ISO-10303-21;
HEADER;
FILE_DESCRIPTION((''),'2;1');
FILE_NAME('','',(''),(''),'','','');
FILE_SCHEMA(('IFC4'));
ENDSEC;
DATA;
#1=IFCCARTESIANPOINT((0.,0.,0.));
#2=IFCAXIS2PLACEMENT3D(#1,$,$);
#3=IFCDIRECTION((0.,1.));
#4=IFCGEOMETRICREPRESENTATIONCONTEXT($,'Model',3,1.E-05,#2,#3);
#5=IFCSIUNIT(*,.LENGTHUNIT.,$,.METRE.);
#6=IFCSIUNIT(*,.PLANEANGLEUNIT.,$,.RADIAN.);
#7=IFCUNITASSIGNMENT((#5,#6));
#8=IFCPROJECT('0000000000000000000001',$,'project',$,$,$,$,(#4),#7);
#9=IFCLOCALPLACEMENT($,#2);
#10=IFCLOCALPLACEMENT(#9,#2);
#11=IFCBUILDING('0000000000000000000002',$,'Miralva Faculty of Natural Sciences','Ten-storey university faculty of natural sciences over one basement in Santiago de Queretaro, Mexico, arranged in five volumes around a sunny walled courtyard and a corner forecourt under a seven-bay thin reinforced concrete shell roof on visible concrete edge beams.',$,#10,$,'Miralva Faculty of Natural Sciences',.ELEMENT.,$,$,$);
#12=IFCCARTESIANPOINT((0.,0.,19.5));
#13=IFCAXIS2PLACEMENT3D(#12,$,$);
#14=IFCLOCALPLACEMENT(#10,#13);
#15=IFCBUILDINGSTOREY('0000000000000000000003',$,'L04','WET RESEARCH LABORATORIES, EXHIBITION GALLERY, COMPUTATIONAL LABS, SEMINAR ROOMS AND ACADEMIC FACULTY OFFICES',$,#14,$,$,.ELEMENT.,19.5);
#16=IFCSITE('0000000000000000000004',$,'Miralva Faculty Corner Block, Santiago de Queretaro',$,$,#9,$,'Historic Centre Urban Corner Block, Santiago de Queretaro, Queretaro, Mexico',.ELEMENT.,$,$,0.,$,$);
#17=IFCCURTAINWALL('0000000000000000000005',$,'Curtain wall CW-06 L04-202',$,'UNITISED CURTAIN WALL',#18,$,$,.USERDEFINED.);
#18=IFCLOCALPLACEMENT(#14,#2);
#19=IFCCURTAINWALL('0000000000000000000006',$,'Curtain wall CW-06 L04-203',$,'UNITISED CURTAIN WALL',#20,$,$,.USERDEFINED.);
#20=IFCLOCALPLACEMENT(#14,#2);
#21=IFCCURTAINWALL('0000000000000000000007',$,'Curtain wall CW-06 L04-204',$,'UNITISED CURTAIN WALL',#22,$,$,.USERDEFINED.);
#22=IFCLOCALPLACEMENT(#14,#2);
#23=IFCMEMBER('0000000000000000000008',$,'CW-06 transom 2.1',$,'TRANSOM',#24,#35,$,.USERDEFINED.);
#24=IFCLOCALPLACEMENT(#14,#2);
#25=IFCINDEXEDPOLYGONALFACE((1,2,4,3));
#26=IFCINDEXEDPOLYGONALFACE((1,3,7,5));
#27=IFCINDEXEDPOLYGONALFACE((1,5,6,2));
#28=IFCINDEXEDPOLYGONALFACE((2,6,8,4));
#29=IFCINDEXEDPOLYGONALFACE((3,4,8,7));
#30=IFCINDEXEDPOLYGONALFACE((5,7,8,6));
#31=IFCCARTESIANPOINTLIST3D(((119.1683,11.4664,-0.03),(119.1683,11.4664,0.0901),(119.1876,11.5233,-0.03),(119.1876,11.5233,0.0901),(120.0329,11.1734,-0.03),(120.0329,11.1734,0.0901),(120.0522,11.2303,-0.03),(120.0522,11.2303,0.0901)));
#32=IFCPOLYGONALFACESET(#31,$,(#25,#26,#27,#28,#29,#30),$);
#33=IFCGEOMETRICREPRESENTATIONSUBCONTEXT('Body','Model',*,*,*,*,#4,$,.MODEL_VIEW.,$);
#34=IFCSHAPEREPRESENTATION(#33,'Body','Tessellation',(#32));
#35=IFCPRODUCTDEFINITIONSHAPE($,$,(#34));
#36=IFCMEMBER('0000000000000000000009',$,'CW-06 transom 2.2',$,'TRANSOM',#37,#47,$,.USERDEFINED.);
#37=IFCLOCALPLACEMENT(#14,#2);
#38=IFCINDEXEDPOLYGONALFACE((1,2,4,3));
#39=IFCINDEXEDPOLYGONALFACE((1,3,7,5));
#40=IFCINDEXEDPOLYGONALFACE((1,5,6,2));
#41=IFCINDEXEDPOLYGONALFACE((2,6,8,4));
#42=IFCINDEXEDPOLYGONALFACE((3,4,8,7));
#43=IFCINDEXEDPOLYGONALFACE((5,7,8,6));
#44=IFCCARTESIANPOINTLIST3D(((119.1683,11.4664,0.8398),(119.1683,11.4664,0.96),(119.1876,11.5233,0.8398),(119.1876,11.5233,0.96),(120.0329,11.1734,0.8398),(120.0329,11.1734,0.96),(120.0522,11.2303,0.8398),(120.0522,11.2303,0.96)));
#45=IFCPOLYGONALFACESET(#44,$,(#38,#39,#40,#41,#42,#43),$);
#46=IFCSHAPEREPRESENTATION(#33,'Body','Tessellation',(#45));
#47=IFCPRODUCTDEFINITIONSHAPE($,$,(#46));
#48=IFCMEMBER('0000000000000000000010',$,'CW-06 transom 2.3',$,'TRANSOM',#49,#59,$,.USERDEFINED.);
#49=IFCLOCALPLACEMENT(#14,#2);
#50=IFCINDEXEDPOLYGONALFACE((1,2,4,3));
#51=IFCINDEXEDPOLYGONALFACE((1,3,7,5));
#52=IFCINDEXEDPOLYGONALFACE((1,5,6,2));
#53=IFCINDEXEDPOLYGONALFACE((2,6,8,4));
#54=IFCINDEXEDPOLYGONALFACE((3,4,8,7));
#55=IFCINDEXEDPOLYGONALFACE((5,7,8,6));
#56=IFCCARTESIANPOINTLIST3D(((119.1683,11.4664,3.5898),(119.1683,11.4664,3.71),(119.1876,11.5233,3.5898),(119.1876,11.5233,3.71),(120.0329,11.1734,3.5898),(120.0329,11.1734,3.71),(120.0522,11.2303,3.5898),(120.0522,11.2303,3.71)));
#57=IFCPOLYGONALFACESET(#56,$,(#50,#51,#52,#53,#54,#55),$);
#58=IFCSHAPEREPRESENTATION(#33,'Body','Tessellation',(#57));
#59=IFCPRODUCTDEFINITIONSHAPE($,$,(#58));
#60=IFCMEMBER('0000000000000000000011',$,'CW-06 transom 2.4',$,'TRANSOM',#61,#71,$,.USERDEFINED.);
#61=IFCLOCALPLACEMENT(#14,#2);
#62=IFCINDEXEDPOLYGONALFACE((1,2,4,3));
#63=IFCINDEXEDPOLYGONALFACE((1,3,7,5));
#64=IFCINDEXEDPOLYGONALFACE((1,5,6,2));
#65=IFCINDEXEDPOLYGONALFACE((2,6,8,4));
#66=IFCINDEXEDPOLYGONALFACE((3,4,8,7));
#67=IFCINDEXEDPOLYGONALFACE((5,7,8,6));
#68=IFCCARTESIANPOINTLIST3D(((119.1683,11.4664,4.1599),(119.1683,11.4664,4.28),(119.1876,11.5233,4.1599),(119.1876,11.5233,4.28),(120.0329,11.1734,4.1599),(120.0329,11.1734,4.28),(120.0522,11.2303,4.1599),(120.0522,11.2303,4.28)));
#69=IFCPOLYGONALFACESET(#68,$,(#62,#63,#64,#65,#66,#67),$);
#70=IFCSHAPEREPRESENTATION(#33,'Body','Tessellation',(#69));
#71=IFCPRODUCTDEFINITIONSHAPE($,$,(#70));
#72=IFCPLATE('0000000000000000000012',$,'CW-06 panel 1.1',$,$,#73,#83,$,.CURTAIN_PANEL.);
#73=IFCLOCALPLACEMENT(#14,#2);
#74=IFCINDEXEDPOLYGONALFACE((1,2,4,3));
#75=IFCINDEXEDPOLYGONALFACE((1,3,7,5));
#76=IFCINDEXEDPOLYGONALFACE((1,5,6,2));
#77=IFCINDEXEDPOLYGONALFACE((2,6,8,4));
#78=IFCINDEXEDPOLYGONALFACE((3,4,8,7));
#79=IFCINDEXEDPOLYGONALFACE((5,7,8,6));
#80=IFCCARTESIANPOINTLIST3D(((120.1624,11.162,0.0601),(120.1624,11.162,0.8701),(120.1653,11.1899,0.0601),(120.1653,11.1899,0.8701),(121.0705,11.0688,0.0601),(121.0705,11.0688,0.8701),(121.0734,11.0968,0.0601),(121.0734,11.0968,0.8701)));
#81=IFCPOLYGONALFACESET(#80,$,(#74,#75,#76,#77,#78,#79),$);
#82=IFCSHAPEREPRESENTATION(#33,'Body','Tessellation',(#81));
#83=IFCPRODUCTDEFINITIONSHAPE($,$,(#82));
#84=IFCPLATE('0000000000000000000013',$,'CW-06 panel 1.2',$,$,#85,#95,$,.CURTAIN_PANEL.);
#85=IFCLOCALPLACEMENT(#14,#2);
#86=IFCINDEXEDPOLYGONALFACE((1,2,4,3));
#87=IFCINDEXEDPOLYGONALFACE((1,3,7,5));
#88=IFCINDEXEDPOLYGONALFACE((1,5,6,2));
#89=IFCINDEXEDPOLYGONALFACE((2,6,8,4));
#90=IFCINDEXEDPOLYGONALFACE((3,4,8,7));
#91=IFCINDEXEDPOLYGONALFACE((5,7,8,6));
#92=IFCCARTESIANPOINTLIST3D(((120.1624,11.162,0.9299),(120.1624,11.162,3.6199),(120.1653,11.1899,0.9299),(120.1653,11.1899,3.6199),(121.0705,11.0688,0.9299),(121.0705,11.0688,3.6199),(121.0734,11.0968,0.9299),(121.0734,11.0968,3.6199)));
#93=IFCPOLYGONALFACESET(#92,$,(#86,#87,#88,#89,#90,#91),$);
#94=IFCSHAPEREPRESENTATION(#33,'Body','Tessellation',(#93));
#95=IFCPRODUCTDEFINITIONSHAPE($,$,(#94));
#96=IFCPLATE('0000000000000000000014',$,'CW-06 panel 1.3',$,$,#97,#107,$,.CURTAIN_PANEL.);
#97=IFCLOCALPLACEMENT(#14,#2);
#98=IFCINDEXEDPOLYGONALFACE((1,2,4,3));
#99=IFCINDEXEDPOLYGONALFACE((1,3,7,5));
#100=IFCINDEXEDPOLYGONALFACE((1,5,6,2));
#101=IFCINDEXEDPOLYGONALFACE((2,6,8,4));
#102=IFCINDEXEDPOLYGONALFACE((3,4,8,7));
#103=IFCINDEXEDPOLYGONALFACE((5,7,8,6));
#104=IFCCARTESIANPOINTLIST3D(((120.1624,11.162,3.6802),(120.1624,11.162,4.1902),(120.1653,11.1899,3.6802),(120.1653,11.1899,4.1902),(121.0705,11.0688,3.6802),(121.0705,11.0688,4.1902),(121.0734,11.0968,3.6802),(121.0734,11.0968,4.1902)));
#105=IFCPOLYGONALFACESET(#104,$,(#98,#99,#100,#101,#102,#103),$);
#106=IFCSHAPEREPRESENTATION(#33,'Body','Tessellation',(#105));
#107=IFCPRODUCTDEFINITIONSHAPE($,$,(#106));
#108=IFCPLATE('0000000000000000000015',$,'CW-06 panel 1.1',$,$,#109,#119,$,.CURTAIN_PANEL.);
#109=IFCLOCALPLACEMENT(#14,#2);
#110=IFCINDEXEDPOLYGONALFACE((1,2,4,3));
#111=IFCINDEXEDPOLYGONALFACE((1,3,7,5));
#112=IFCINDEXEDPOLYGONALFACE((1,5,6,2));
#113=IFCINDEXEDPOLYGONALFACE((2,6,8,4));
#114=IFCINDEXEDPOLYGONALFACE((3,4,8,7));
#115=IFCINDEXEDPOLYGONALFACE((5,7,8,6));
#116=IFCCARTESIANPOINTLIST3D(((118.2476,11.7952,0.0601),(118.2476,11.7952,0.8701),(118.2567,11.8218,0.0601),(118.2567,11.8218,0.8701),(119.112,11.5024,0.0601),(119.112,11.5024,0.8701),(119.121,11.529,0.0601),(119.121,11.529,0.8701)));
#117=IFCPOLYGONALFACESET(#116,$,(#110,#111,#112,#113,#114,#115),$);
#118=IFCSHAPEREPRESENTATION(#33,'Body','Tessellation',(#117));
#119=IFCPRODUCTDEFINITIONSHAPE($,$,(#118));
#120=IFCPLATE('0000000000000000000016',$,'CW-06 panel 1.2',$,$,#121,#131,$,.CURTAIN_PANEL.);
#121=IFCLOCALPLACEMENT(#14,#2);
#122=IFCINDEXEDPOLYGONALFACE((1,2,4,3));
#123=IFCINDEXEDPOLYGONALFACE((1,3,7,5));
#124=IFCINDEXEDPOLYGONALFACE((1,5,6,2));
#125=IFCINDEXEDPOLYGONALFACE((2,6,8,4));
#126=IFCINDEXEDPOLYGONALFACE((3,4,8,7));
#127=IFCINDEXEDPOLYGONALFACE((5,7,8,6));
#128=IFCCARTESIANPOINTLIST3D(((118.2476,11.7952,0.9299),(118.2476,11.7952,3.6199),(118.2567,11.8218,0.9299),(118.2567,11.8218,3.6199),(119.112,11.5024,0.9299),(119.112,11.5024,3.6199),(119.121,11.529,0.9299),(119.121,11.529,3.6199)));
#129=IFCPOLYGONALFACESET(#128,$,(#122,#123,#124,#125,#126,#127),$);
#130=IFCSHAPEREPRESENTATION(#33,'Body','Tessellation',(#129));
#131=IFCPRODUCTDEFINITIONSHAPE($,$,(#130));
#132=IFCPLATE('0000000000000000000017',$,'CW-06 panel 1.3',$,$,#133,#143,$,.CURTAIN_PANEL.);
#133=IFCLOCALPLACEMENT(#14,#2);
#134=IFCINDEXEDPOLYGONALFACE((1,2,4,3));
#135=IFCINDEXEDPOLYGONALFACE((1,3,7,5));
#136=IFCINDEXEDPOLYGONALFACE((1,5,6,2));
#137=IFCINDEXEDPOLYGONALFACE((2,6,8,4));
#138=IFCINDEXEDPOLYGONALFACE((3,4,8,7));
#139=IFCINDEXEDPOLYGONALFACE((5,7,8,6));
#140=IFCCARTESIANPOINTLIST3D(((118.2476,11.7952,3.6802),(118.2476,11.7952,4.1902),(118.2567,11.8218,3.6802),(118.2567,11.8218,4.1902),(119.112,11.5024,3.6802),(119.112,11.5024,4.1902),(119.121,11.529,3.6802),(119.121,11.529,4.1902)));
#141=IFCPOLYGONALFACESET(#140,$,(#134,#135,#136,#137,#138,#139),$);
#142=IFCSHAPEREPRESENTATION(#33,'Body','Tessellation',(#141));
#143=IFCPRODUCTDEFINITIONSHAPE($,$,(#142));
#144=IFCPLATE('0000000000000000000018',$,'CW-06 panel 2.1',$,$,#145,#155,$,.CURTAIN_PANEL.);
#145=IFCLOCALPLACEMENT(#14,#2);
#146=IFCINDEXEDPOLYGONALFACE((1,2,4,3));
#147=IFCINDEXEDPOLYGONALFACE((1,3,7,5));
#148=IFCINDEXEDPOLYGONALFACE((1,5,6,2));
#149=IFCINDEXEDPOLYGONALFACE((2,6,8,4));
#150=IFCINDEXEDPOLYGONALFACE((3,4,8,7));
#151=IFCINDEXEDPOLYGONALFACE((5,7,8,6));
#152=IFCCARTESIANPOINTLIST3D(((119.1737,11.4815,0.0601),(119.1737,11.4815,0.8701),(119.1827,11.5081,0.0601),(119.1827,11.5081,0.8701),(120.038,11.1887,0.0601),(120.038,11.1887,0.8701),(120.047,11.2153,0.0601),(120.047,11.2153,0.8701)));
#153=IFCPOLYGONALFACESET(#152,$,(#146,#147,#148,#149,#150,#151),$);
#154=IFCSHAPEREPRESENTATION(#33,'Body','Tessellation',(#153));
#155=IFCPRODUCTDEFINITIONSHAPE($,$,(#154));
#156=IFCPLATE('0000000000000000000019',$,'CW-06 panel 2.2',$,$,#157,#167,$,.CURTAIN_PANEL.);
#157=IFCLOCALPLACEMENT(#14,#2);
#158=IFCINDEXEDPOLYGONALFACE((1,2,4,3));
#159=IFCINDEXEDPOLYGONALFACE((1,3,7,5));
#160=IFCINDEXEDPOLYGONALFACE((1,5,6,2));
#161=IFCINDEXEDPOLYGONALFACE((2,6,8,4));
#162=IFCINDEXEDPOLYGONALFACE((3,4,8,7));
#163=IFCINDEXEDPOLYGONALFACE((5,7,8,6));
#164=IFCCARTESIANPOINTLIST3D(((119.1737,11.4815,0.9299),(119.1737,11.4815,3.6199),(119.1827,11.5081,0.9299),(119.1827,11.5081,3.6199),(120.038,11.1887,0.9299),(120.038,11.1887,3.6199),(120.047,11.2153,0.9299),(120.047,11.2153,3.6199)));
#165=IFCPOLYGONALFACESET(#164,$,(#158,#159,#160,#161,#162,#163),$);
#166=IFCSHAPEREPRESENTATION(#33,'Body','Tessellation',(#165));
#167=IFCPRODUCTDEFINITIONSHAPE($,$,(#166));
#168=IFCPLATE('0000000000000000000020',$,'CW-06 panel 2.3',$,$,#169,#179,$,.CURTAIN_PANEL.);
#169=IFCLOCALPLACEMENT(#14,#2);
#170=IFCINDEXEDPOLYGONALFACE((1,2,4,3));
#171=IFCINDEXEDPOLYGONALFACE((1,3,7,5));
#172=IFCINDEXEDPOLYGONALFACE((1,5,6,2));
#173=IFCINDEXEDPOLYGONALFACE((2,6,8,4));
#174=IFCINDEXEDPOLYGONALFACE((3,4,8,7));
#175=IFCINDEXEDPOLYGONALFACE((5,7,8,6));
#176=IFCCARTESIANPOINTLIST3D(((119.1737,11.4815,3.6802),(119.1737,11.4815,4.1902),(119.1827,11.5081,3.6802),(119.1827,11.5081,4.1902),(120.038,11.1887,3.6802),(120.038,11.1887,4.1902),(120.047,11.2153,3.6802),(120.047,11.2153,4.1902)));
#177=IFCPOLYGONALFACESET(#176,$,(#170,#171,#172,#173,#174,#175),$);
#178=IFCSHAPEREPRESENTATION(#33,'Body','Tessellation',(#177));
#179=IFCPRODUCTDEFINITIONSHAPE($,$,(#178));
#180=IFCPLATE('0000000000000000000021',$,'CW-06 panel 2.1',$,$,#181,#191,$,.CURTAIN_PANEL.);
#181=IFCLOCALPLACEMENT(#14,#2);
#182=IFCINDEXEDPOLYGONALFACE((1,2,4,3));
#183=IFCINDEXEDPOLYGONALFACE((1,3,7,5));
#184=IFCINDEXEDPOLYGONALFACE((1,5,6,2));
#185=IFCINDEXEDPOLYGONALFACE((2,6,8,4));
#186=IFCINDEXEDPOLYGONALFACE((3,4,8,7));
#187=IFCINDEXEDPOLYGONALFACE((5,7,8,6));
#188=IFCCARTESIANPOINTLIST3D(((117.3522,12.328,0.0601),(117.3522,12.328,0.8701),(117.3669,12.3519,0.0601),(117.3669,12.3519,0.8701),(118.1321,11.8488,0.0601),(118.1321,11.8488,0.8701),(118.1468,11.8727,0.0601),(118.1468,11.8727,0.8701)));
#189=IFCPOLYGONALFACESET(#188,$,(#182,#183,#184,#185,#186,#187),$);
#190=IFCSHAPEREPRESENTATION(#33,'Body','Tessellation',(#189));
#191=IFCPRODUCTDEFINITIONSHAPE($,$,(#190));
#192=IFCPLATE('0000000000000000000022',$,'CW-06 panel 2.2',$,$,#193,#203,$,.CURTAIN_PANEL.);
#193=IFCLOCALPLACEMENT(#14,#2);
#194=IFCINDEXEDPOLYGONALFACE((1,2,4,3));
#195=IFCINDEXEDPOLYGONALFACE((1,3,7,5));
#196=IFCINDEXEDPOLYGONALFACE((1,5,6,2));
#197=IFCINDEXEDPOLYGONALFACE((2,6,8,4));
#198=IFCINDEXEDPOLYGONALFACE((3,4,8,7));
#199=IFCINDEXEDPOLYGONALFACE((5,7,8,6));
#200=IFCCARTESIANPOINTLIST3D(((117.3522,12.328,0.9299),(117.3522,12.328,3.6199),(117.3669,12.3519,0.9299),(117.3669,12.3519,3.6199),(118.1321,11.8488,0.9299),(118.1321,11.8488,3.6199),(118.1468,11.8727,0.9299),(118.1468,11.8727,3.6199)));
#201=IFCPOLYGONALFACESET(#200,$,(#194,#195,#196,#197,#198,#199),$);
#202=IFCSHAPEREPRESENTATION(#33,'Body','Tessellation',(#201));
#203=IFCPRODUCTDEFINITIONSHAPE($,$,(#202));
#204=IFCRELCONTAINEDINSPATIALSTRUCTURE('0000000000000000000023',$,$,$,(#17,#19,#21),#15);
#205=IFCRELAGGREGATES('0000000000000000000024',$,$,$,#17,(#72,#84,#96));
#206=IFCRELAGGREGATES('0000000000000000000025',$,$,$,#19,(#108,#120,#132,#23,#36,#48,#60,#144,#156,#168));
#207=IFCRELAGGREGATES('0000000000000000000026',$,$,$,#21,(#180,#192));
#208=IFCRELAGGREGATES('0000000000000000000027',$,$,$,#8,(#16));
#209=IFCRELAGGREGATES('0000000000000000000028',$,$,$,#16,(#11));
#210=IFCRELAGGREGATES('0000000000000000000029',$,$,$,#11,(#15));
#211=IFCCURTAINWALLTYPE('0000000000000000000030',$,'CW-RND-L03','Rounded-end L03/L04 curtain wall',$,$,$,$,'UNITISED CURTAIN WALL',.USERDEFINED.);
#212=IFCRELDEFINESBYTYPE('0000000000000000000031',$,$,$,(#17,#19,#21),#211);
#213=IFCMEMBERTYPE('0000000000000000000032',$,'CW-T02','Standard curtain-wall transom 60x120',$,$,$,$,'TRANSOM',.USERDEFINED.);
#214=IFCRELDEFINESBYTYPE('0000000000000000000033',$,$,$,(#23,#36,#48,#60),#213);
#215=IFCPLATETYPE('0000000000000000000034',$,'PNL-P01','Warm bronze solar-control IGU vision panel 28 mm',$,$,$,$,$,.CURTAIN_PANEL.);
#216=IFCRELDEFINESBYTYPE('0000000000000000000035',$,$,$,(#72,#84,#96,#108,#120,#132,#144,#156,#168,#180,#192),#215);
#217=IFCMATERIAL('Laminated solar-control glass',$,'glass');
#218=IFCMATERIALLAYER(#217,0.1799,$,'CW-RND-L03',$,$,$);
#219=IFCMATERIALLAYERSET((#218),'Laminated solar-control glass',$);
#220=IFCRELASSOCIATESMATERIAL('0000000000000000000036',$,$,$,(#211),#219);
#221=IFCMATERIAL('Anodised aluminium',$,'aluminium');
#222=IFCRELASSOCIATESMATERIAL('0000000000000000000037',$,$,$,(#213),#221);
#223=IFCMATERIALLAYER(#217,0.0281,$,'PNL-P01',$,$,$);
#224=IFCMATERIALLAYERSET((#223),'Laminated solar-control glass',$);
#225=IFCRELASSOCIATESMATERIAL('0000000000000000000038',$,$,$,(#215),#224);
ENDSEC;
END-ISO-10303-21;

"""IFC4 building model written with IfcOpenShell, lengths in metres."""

from ifc_helpers import new_model, si_unit, direction, frame, origin, origin_2d, place, context, subcontext, project, spatial, rectangle, extrude, material, layer, layer_set, material_profile, profile_set, type_object, element, aggregate, save


model = new_model("IFC4")

# Units and contexts
model_context = context("Model", 3, precision=1e-05, world=origin(), true_north=direction((0.0, 1.0)))
body_context = subcontext(model_context, "Body", "Model", "MODEL_VIEW")
ifc_project = project(units=[si_unit("LENGTHUNIT", "METRE"), si_unit("PLANEANGLEUNIT", "RADIAN")], contexts=[model_context])

# Site, building, storey
site_placement = place(None, origin())
site = spatial("IfcSite", under=ifc_project, at=site_placement, Name="Miralva Faculty Corner Block, Santiago de Queretaro", LongName="Historic Centre Urban Corner Block, Santiago de Queretaro, Queretaro, Mexico", CompositionType="ELEMENT", RefElevation=0.0)
building_placement = place(site_placement, origin())
building = spatial("IfcBuilding", under=site, at=building_placement, Name="Miralva Faculty of Natural Sciences", Description="Ten-storey university faculty of natural sciences over one basement in Santiago de Queretaro, Mexico, arranged in five volumes around a sunny walled courtyard and a corner forecourt under a seven-bay thin reinforced concrete shell roof on visible concrete edge beams.", LongName="Miralva Faculty of Natural Sciences", CompositionType="ELEMENT")
storey_placement = place(building_placement, frame((0.0, 0.0, 19.5)))
storey = spatial("IfcBuildingStorey", under=building, at=storey_placement, Name="L04", Description="WET RESEARCH LABORATORIES, EXHIBITION GALLERY, COMPUTATIONAL LABS, SEMINAR ROOMS AND ACADEMIC FACULTY OFFICES", CompositionType="ELEMENT", Elevation=19.5)

# Curtain walls
ifc_material_1 = material(Name="Laminated solar-control glass", Category="glass")
ifc_layer_1 = layer(ifc_material_1, 0.1799, Name="CW-RND-L03")
ifc_layer_set_1 = layer_set([ifc_layer_1], Name="Laminated solar-control glass")
curtain_wall_type = type_object("IfcCurtainWallType", Name="CW-RND-L03", Description="Rounded-end L03/L04 curtain wall", ElementType="UNITISED CURTAIN WALL", PredefinedType="USERDEFINED", material=ifc_layer_set_1)
curtain_wall_1_placement = place(storey_placement, origin())
curtain_wall_1 = element("IfcCurtainWall", 1, at=curtain_wall_1_placement, inside=storey, type_object=curtain_wall_type, Name="Curtain wall CW-06 L04-202", ObjectType="UNITISED CURTAIN WALL", PredefinedType="USERDEFINED")
ifc_material_2 = material(Name="Anodised aluminium", Category="aluminium")
curtain_wall_2_placement = place(storey_placement, origin())
curtain_wall_2 = element("IfcCurtainWall", 2, at=curtain_wall_2_placement, inside=storey, type_object=curtain_wall_type, Name="Curtain wall CW-06 L04-203", ObjectType="UNITISED CURTAIN WALL", PredefinedType="USERDEFINED")

# Curtain wall
curtain_wall_3_placement = place(storey_placement, origin())
curtain_wall_3 = element("IfcCurtainWall", 3, at=curtain_wall_3_placement, inside=storey, type_object=curtain_wall_type, Name="Curtain wall CW-06 L04-204", ObjectType="UNITISED CURTAIN WALL", PredefinedType="USERDEFINED")

# Members
ifc_material_profile_1 = material_profile(ifc_material_2, rectangle(XDim=0.0601, YDim=0.1201, at=origin_2d()), Name="TRANSOM 60x120")
ifc_profile_set_1 = profile_set([ifc_material_profile_1], Name="Anodised aluminium")
member_type_1 = type_object("IfcMemberType", Name="CW-T02", Description="Standard curtain-wall transom 60x120", ElementType="TRANSOM", PredefinedType="USERDEFINED", material=ifc_profile_set_1)
member_1_placement = place(storey_placement, frame((119.178, 11.4949, 0.03), z_axis=(0.947093, -0.320958, 0.0), x_axis=(0.320958, 0.947093, 0.0)))
member_1 = element("IfcMember", 4, at=member_1_placement, type_object=member_type_1, Name="CW-06 transom 2.1", ObjectType="TRANSOM", PredefinedType="USERDEFINED", context=body_context, shape_type="SweptSolid", body=[
    extrude(rectangle(XDim=0.0601, YDim=0.1201, at=origin_2d()), origin(), (0.0, 0.0, 1.0), 0.9128),
])
member_2_placement = place(storey_placement, frame((119.178, 11.4949, 0.8999), z_axis=(0.947093, -0.320958, 0.0), x_axis=(0.320958, 0.947093, 0.0)))
member_2 = element("IfcMember", 5, at=member_2_placement, type_object=member_type_1, Name="CW-06 transom 2.2", ObjectType="TRANSOM", PredefinedType="USERDEFINED", context=body_context, shape_type="SweptSolid", body=[
    extrude(rectangle(XDim=0.0601, YDim=0.1201, at=origin_2d()), origin(), (0.0, 0.0, 1.0), 0.9128),
])
member_3_placement = place(storey_placement, frame((119.178, 11.4949, 3.6499), z_axis=(0.947093, -0.320958, 0.0), x_axis=(0.320958, 0.947093, 0.0)))
member_3 = element("IfcMember", 6, at=member_3_placement, type_object=member_type_1, Name="CW-06 transom 2.3", ObjectType="TRANSOM", PredefinedType="USERDEFINED", context=body_context, shape_type="SweptSolid", body=[
    extrude(rectangle(XDim=0.0601, YDim=0.1201, at=origin_2d()), origin(), (0.0, 0.0, 1.0), 0.9128),
])
member_4_placement = place(storey_placement, frame((119.178, 11.4949, 4.22), z_axis=(0.947093, -0.320958, 0.0), x_axis=(0.320958, 0.947093, 0.0)))
member_4 = element("IfcMember", 7, at=member_4_placement, type_object=member_type_1, Name="CW-06 transom 2.4", ObjectType="TRANSOM", PredefinedType="USERDEFINED", context=body_context, shape_type="SweptSolid", body=[
    extrude(rectangle(XDim=0.0601, YDim=0.1201, at=origin_2d()), origin(), (0.0, 0.0, 1.0), 0.9128),
])

# Plates
ifc_layer_2 = layer(ifc_material_1, 0.0281, Name="PNL-P01")
ifc_layer_set_2 = layer_set([ifc_layer_2], Name="Laminated solar-control glass")
plate_type = type_object("IfcPlateType", Name="PNL-P01", Description="Warm bronze solar-control IGU vision panel 28 mm", PredefinedType="CURTAIN_PANEL", material=ifc_layer_set_2)
plate_1_placement = place(storey_placement, frame((120.6179, 11.1294, 0.0601), z_axis=(0.0, 0.0, 1.0), x_axis=(0.994779, -0.102056, 0.0)))
plate_1 = element("IfcPlate", 8, at=plate_1_placement, type_object=plate_type, Name="CW-06 panel 1.1", PredefinedType="CURTAIN_PANEL", context=body_context, shape_type="SweptSolid", body=[
    extrude(rectangle(XDim=0.9128, YDim=0.0281, at=origin_2d()), origin(), (0.0, 0.0, 1.0), 0.8101),
])
plate_2_placement = place(storey_placement, frame((120.6179, 11.1294, 0.9299), z_axis=(0.0, 0.0, 1.0), x_axis=(0.994779, -0.102056, 0.0)))
plate_2 = element("IfcPlate", 9, at=plate_2_placement, type_object=plate_type, Name="CW-06 panel 1.2", PredefinedType="CURTAIN_PANEL", context=body_context, shape_type="SweptSolid", body=[
    extrude(rectangle(XDim=0.9128, YDim=0.0281, at=origin_2d()), origin(), (0.0, 0.0, 1.0), 2.6899),
])
plate_3_placement = place(storey_placement, frame((120.6179, 11.1294, 3.6802), z_axis=(0.0, 0.0, 1.0), x_axis=(0.994779, -0.102056, 0.0)))
plate_3 = element("IfcPlate", 10, at=plate_3_placement, type_object=plate_type, Name="CW-06 panel 1.3", PredefinedType="CURTAIN_PANEL", context=body_context, shape_type="SweptSolid", body=[
    extrude(rectangle(XDim=0.9128, YDim=0.0281, at=origin_2d()), origin(), (0.0, 0.0, 1.0), 0.51),
])
aggregate(curtain_wall_1, [plate_1, plate_2, plate_3])
plate_4_placement = place(storey_placement, frame((118.6843, 11.6621, 0.0601), z_axis=(0.0, 0.0, 1.0), x_axis=(0.947133, -0.320842, 0.0)))
plate_4 = element("IfcPlate", 11, at=plate_4_placement, type_object=plate_type, Name="CW-06 panel 1.1", PredefinedType="CURTAIN_PANEL", context=body_context, shape_type="SweptSolid", body=[
    extrude(rectangle(XDim=0.9126, YDim=0.0281, at=origin_2d()), origin(), (0.0, 0.0, 1.0), 0.8101),
])
plate_5_placement = place(storey_placement, frame((118.6843, 11.6621, 0.9299), z_axis=(0.0, 0.0, 1.0), x_axis=(0.947133, -0.320842, 0.0)))
plate_5 = element("IfcPlate", 12, at=plate_5_placement, type_object=plate_type, Name="CW-06 panel 1.2", PredefinedType="CURTAIN_PANEL", context=body_context, shape_type="SweptSolid", body=[
    extrude(rectangle(XDim=0.9126, YDim=0.0281, at=origin_2d()), origin(), (0.0, 0.0, 1.0), 2.6899),
])
plate_6_placement = place(storey_placement, frame((118.6843, 11.6621, 3.6802), z_axis=(0.0, 0.0, 1.0), x_axis=(0.947133, -0.320842, 0.0)))
plate_6 = element("IfcPlate", 13, at=plate_6_placement, type_object=plate_type, Name="CW-06 panel 1.3", PredefinedType="CURTAIN_PANEL", context=body_context, shape_type="SweptSolid", body=[
    extrude(rectangle(XDim=0.9126, YDim=0.0281, at=origin_2d()), origin(), (0.0, 0.0, 1.0), 0.51),
])
plate_7_placement = place(storey_placement, frame((119.6104, 11.3484, 0.0601), z_axis=(0.0, 0.0, 1.0), x_axis=(0.947133, -0.320842, 0.0)))
plate_7 = element("IfcPlate", 14, at=plate_7_placement, type_object=plate_type, Name="CW-06 panel 2.1", PredefinedType="CURTAIN_PANEL", context=body_context, shape_type="SweptSolid", body=[
    extrude(rectangle(XDim=0.9126, YDim=0.0281, at=origin_2d()), origin(), (0.0, 0.0, 1.0), 0.8101),
])
plate_8_placement = place(storey_placement, frame((119.6104, 11.3484, 0.9299), z_axis=(0.0, 0.0, 1.0), x_axis=(0.947133, -0.320842, 0.0)))
plate_8 = element("IfcPlate", 15, at=plate_8_placement, type_object=plate_type, Name="CW-06 panel 2.2", PredefinedType="CURTAIN_PANEL", context=body_context, shape_type="SweptSolid", body=[
    extrude(rectangle(XDim=0.9126, YDim=0.0281, at=origin_2d()), origin(), (0.0, 0.0, 1.0), 2.6899),
])
plate_9_placement = place(storey_placement, frame((119.6104, 11.3484, 3.6802), z_axis=(0.0, 0.0, 1.0), x_axis=(0.947133, -0.320842, 0.0)))
plate_9 = element("IfcPlate", 16, at=plate_9_placement, type_object=plate_type, Name="CW-06 panel 2.3", PredefinedType="CURTAIN_PANEL", context=body_context, shape_type="SweptSolid", body=[
    extrude(rectangle(XDim=0.9126, YDim=0.0281, at=origin_2d()), origin(), (0.0, 0.0, 1.0), 0.51),
])
aggregate(curtain_wall_2, [plate_4, plate_5, plate_6, member_1, member_2, member_3, member_4, plate_7, plate_8, plate_9])
plate_10_placement = place(storey_placement, frame((117.7495, 12.1003, 0.0601), z_axis=(0.0, 0.0, 1.0), x_axis=(0.852004, -0.523535, 0.0)))
plate_10 = element("IfcPlate", 17, at=plate_10_placement, type_object=plate_type, Name="CW-06 panel 2.1", PredefinedType="CURTAIN_PANEL", context=body_context, shape_type="SweptSolid", body=[
    extrude(rectangle(XDim=0.9153, YDim=0.0281, at=origin_2d()), origin(), (0.0, 0.0, 1.0), 0.8101),
])
plate_11_placement = place(storey_placement, frame((117.7495, 12.1003, 0.9299), z_axis=(0.0, 0.0, 1.0), x_axis=(0.852004, -0.523535, 0.0)))
plate_11 = element("IfcPlate", 18, at=plate_11_placement, type_object=plate_type, Name="CW-06 panel 2.2", PredefinedType="CURTAIN_PANEL", context=body_context, shape_type="SweptSolid", body=[
    extrude(rectangle(XDim=0.9153, YDim=0.0281, at=origin_2d()), origin(), (0.0, 0.0, 1.0), 2.6899),
])
aggregate(curtain_wall_3, [plate_10, plate_11])

save(model, "model.ifc")
